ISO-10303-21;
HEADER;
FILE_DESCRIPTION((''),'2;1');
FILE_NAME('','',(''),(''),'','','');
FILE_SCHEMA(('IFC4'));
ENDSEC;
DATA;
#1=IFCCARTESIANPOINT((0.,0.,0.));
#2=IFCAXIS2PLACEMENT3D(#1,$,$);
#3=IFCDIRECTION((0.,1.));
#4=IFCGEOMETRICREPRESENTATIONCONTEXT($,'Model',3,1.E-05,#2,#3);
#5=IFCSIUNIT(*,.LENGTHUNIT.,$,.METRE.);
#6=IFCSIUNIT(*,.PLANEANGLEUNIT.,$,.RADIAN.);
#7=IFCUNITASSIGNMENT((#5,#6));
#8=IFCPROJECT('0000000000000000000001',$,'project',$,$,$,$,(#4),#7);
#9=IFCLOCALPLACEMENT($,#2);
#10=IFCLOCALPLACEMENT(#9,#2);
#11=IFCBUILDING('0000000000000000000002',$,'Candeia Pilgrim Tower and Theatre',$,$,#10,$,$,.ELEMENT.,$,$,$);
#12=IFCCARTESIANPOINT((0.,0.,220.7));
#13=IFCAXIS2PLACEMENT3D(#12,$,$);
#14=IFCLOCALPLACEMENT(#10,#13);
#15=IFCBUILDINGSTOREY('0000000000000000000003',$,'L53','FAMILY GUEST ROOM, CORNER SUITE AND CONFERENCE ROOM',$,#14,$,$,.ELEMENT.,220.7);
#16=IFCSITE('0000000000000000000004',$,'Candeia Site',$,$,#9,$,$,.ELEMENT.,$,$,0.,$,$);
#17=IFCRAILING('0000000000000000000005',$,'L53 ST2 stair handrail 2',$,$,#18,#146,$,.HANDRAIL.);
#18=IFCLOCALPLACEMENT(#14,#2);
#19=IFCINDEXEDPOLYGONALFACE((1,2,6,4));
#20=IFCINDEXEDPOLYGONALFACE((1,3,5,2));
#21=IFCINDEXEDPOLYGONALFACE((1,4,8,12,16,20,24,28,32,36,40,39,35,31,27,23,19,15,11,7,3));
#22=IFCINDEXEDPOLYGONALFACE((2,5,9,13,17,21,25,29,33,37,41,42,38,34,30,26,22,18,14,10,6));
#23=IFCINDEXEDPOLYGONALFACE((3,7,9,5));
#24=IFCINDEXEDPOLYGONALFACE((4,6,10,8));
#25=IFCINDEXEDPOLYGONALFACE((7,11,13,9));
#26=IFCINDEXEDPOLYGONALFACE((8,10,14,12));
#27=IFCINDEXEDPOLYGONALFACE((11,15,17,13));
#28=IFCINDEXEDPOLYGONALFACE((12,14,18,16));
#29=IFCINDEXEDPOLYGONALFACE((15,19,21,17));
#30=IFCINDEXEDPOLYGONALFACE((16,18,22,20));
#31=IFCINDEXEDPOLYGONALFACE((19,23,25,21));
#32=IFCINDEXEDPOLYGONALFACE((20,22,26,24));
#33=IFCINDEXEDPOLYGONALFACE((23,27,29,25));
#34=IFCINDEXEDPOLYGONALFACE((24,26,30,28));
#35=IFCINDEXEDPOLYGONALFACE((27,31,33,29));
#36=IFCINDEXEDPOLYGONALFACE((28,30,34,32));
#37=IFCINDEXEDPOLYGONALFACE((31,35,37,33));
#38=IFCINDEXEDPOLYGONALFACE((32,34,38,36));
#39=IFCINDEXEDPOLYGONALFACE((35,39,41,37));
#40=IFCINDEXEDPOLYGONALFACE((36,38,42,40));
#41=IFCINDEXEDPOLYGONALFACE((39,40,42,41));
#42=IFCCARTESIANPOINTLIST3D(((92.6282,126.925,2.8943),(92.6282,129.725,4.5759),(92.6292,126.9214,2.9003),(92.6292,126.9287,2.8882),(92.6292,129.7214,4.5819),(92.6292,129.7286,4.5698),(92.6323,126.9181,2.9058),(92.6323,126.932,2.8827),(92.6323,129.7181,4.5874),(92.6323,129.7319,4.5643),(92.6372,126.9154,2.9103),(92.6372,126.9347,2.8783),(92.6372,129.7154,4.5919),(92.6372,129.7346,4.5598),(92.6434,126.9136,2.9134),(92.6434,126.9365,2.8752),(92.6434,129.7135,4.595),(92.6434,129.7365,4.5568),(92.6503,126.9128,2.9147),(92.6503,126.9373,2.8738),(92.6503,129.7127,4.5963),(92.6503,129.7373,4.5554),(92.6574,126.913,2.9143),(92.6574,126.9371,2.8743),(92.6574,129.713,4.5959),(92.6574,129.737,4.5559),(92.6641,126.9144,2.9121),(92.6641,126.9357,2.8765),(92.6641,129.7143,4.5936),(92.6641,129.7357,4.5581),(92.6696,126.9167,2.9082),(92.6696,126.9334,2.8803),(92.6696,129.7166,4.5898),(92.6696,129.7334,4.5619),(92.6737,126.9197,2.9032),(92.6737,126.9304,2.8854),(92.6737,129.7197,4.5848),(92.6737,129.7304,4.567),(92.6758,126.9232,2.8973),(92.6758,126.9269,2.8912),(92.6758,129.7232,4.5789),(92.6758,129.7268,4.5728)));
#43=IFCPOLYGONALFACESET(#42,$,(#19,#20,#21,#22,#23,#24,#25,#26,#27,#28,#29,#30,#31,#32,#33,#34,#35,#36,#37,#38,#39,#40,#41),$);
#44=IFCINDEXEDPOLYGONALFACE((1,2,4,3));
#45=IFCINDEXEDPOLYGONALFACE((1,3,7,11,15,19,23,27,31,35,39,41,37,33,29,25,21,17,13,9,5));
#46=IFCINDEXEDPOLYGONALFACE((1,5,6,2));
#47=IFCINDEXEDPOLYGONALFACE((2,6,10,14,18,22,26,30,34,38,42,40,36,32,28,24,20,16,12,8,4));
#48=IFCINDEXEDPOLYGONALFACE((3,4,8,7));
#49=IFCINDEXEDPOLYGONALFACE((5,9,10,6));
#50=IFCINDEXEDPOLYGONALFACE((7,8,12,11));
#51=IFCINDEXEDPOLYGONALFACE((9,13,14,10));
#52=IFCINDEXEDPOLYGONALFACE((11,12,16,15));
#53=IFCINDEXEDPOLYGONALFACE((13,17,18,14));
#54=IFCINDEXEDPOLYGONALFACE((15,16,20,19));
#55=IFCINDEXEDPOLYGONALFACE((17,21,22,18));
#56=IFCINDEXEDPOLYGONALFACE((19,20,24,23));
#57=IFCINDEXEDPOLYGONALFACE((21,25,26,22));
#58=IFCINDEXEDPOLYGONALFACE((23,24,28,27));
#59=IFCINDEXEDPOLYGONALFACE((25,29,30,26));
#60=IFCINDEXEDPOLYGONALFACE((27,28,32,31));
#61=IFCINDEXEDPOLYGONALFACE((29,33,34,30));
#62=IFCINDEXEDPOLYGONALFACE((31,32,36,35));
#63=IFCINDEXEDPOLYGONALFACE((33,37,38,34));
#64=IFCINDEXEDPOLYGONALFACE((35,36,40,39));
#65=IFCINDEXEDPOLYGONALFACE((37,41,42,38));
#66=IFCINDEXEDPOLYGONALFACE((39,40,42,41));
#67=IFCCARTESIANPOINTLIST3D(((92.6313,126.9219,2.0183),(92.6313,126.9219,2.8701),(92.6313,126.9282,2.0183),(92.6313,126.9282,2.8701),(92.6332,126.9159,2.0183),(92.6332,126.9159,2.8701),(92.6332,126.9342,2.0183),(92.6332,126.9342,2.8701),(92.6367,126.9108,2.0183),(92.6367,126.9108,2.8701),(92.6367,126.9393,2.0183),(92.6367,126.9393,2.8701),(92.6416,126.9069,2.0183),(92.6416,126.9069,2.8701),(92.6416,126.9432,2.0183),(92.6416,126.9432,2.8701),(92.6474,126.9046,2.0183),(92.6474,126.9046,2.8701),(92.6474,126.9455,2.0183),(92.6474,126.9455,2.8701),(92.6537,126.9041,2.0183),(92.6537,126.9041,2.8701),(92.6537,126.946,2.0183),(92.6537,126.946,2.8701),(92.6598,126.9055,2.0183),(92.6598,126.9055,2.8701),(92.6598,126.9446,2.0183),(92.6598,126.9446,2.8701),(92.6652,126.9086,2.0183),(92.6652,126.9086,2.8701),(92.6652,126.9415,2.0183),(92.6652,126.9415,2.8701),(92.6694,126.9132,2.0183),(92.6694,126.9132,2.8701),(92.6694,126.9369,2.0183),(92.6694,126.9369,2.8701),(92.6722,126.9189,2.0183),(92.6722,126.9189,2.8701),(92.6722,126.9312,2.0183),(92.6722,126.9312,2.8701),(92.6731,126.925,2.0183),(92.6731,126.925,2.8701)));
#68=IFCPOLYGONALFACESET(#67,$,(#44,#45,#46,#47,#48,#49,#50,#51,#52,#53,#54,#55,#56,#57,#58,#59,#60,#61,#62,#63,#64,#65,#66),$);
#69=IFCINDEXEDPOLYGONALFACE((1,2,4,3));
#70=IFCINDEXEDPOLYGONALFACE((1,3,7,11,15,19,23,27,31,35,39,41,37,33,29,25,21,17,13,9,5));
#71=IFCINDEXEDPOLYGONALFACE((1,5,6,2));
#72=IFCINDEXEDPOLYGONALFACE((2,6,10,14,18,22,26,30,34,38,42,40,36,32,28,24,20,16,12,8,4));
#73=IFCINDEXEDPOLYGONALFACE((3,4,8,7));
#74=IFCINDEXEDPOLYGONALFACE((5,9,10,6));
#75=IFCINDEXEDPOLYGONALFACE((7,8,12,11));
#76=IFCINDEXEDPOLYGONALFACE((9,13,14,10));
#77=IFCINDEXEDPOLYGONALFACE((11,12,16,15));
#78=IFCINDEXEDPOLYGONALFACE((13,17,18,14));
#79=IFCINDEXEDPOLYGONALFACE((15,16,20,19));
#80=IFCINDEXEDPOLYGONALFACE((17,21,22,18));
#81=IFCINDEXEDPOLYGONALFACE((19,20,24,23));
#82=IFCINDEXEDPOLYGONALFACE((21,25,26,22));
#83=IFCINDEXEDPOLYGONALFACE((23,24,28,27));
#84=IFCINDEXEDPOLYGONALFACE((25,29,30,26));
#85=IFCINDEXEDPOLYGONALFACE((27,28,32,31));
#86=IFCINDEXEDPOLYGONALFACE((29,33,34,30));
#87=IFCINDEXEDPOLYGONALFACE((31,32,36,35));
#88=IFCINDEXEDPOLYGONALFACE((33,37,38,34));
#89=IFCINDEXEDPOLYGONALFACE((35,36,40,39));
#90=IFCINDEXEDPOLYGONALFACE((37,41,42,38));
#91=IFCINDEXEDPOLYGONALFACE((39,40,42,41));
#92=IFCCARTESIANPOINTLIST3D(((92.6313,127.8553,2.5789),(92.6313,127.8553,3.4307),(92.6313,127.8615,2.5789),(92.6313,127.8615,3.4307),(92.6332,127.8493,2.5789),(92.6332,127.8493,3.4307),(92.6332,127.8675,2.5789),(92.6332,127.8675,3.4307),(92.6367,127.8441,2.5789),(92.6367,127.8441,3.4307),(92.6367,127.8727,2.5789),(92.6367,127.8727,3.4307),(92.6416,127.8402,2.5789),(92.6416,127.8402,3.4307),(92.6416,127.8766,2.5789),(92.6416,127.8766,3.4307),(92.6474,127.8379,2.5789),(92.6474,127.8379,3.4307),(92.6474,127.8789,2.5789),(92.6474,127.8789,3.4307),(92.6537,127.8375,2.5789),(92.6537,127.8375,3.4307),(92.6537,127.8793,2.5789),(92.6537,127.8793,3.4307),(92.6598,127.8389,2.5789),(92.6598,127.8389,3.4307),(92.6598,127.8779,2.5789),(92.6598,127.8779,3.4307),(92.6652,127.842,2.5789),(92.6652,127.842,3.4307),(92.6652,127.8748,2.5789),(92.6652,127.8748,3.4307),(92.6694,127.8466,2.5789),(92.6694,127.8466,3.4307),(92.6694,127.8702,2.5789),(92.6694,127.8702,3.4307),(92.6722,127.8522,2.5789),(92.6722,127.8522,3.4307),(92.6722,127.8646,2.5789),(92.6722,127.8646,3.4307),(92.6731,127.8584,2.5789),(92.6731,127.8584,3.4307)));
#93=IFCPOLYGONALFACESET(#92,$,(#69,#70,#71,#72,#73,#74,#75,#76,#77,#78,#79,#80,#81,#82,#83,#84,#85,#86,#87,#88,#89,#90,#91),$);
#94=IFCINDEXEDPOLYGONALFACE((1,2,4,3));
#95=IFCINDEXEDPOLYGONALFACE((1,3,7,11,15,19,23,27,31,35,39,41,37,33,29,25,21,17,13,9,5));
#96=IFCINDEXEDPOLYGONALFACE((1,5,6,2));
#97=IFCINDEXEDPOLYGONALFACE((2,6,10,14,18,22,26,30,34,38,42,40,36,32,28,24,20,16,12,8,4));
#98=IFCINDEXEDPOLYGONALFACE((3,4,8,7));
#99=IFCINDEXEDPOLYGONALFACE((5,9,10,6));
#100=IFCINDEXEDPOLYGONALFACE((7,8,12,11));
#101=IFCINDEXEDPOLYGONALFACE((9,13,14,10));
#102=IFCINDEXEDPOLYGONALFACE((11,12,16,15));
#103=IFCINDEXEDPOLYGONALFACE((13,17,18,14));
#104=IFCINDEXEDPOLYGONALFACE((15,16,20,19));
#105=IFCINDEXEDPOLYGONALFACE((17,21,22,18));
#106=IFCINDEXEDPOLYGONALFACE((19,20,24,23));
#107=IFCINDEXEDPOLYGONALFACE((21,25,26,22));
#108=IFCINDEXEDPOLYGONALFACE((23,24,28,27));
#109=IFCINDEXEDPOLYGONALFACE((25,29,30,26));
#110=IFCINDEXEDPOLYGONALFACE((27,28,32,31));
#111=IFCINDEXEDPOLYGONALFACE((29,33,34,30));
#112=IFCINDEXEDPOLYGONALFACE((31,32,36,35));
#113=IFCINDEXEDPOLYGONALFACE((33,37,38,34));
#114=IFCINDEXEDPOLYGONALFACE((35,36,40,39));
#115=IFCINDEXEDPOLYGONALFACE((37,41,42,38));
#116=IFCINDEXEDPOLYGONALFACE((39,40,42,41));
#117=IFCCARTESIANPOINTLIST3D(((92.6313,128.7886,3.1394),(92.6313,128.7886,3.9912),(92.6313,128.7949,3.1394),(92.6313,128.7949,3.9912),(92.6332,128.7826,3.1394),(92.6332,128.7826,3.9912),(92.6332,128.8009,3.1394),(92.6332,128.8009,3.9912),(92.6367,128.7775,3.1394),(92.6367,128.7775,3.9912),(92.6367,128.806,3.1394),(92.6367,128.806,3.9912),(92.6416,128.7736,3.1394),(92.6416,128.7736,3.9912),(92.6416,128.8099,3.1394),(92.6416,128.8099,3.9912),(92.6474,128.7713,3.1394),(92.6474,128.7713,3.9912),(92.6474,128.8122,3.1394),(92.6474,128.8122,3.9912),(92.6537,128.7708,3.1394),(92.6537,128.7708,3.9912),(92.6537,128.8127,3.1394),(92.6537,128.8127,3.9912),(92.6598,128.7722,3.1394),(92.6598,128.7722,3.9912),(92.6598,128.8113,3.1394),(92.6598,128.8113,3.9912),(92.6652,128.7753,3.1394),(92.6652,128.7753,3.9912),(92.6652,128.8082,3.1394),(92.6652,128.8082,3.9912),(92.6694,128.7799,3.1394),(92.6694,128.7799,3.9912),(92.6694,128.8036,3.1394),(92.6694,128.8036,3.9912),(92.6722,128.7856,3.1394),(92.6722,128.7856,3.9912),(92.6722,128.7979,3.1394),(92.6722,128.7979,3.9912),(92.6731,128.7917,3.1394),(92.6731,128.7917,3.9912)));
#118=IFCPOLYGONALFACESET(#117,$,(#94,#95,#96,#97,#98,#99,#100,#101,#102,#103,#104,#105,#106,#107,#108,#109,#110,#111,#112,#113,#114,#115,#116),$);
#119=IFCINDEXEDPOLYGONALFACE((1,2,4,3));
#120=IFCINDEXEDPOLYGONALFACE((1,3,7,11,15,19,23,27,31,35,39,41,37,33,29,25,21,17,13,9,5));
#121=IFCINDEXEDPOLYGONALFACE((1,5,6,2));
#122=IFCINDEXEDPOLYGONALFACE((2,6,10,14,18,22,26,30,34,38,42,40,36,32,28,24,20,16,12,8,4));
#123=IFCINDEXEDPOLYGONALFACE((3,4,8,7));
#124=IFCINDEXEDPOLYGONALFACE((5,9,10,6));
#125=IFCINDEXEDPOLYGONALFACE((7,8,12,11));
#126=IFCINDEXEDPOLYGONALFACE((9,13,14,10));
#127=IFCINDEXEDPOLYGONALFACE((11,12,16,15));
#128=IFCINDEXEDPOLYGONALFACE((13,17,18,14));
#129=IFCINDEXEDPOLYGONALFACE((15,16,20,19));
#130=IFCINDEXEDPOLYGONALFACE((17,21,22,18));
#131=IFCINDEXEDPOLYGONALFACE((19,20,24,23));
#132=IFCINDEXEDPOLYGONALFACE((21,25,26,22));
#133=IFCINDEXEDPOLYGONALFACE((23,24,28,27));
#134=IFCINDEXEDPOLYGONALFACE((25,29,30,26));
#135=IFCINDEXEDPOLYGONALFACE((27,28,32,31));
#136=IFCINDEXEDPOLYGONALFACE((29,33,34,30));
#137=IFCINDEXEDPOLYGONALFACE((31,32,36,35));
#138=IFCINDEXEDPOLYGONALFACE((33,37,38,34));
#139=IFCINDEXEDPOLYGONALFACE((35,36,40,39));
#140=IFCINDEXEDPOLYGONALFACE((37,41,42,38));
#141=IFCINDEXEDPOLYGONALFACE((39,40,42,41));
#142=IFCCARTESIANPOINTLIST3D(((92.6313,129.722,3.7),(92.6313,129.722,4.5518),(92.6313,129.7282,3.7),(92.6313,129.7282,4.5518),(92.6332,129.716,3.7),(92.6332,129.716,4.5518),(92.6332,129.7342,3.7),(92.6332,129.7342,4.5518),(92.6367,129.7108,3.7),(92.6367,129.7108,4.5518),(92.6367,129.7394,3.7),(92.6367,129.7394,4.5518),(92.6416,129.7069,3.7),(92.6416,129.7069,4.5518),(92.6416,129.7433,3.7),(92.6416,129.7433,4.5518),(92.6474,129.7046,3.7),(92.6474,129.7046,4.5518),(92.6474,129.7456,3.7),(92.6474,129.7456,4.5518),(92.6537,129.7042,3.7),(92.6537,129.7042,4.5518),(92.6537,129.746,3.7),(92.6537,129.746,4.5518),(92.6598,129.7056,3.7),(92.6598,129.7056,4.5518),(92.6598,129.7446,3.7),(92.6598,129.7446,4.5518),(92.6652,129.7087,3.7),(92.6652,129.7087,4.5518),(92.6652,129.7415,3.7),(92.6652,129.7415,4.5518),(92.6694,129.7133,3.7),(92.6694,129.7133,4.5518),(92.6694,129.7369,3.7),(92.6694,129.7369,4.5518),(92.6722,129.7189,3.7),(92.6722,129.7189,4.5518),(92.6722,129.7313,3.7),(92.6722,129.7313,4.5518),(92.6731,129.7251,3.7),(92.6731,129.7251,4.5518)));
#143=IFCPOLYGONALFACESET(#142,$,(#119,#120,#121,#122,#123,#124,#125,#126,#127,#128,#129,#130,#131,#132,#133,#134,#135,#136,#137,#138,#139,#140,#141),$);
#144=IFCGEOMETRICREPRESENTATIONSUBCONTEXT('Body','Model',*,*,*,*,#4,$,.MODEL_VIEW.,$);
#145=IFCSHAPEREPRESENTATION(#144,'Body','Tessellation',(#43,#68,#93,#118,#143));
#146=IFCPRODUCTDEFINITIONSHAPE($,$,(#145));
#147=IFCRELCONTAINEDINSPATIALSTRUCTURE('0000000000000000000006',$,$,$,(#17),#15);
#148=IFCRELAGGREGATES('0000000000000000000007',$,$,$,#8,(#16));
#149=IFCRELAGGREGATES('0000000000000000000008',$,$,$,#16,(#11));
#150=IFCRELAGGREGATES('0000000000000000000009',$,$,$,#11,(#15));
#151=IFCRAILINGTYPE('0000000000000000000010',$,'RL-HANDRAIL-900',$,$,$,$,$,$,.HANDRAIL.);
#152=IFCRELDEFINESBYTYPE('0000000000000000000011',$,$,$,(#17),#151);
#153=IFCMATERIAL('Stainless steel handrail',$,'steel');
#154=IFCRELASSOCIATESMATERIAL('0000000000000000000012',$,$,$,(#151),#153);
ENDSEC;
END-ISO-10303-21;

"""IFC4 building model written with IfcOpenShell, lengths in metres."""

from ifc_helpers import new_model, si_unit, direction, frame, origin, origin_2d, place, context, subcontext, project, spatial, circle, extrude, material, type_object, element, save


model = new_model("IFC4")

# Units and contexts
model_context = context("Model", 3, precision=1e-05, world=origin(), true_north=direction((0.0, 1.0)))
body_context = subcontext(model_context, "Body", "Model", "MODEL_VIEW")
ifc_project = project(units=[si_unit("LENGTHUNIT", "METRE"), si_unit("PLANEANGLEUNIT", "RADIAN")], contexts=[model_context])

# Site, building, storey
site_placement = place(None, origin())
site = spatial("IfcSite", under=ifc_project, at=site_placement, Name="Candeia Site", CompositionType="ELEMENT", RefElevation=0.0)
building_placement = place(site_placement, origin())
building = spatial("IfcBuilding", under=site, at=building_placement, Name="Candeia Pilgrim Tower and Theatre", CompositionType="ELEMENT")
storey_placement = place(building_placement, frame((0.0, 0.0, 220.7)))
storey = spatial("IfcBuildingStorey", under=building, at=storey_placement, Name="L53", Description="FAMILY GUEST ROOM, CORNER SUITE AND CONFERENCE ROOM", CompositionType="ELEMENT", Elevation=220.7)

# Railing
ifc_material_1 = material(Name="Stainless steel handrail", Category="steel")
railing_type = type_object("IfcRailingType", Name="RL-HANDRAIL-900", PredefinedType="HANDRAIL", material=ifc_material_1)
for number, where, name in (
    (1, (92.6521, 126.925, 2.0183), "L53 ST2 stair handrail 2"),
):
    element("IfcRailing", number, at=place(storey_placement, frame(where)), inside=storey, type_object=railing_type, Name=name, PredefinedType="HANDRAIL", context=body_context, shape_type="SweptSolid", body=[
        extrude(circle(Radius=0.0239, at=origin_2d()), frame((0.0, 0.0, 0.876), z_axis=(0.0, 0.857275, 0.514858), x_axis=(-1.0, 0.0, 0.0)), (0.0, 0.0, 1.0), 3.2661),
        extrude(circle(Radius=0.021, at=origin_2d()), origin(), (0.0, 0.0, 1.0), 0.8518),
        extrude(circle(Radius=0.021, at=origin_2d()), frame((0.0, 0.9333, 0.5605)), (0.0, 0.0, 1.0), 0.8518),
        extrude(circle(Radius=0.021, at=origin_2d()), frame((0.0, 1.8667, 1.1211)), (0.0, 0.0, 1.0), 0.8518),
        extrude(circle(Radius=0.021, at=origin_2d()), frame((0.0, 2.8, 1.6816)), (0.0, 0.0, 1.0), 0.8518),
    ])

save(model, "model.ifc")
